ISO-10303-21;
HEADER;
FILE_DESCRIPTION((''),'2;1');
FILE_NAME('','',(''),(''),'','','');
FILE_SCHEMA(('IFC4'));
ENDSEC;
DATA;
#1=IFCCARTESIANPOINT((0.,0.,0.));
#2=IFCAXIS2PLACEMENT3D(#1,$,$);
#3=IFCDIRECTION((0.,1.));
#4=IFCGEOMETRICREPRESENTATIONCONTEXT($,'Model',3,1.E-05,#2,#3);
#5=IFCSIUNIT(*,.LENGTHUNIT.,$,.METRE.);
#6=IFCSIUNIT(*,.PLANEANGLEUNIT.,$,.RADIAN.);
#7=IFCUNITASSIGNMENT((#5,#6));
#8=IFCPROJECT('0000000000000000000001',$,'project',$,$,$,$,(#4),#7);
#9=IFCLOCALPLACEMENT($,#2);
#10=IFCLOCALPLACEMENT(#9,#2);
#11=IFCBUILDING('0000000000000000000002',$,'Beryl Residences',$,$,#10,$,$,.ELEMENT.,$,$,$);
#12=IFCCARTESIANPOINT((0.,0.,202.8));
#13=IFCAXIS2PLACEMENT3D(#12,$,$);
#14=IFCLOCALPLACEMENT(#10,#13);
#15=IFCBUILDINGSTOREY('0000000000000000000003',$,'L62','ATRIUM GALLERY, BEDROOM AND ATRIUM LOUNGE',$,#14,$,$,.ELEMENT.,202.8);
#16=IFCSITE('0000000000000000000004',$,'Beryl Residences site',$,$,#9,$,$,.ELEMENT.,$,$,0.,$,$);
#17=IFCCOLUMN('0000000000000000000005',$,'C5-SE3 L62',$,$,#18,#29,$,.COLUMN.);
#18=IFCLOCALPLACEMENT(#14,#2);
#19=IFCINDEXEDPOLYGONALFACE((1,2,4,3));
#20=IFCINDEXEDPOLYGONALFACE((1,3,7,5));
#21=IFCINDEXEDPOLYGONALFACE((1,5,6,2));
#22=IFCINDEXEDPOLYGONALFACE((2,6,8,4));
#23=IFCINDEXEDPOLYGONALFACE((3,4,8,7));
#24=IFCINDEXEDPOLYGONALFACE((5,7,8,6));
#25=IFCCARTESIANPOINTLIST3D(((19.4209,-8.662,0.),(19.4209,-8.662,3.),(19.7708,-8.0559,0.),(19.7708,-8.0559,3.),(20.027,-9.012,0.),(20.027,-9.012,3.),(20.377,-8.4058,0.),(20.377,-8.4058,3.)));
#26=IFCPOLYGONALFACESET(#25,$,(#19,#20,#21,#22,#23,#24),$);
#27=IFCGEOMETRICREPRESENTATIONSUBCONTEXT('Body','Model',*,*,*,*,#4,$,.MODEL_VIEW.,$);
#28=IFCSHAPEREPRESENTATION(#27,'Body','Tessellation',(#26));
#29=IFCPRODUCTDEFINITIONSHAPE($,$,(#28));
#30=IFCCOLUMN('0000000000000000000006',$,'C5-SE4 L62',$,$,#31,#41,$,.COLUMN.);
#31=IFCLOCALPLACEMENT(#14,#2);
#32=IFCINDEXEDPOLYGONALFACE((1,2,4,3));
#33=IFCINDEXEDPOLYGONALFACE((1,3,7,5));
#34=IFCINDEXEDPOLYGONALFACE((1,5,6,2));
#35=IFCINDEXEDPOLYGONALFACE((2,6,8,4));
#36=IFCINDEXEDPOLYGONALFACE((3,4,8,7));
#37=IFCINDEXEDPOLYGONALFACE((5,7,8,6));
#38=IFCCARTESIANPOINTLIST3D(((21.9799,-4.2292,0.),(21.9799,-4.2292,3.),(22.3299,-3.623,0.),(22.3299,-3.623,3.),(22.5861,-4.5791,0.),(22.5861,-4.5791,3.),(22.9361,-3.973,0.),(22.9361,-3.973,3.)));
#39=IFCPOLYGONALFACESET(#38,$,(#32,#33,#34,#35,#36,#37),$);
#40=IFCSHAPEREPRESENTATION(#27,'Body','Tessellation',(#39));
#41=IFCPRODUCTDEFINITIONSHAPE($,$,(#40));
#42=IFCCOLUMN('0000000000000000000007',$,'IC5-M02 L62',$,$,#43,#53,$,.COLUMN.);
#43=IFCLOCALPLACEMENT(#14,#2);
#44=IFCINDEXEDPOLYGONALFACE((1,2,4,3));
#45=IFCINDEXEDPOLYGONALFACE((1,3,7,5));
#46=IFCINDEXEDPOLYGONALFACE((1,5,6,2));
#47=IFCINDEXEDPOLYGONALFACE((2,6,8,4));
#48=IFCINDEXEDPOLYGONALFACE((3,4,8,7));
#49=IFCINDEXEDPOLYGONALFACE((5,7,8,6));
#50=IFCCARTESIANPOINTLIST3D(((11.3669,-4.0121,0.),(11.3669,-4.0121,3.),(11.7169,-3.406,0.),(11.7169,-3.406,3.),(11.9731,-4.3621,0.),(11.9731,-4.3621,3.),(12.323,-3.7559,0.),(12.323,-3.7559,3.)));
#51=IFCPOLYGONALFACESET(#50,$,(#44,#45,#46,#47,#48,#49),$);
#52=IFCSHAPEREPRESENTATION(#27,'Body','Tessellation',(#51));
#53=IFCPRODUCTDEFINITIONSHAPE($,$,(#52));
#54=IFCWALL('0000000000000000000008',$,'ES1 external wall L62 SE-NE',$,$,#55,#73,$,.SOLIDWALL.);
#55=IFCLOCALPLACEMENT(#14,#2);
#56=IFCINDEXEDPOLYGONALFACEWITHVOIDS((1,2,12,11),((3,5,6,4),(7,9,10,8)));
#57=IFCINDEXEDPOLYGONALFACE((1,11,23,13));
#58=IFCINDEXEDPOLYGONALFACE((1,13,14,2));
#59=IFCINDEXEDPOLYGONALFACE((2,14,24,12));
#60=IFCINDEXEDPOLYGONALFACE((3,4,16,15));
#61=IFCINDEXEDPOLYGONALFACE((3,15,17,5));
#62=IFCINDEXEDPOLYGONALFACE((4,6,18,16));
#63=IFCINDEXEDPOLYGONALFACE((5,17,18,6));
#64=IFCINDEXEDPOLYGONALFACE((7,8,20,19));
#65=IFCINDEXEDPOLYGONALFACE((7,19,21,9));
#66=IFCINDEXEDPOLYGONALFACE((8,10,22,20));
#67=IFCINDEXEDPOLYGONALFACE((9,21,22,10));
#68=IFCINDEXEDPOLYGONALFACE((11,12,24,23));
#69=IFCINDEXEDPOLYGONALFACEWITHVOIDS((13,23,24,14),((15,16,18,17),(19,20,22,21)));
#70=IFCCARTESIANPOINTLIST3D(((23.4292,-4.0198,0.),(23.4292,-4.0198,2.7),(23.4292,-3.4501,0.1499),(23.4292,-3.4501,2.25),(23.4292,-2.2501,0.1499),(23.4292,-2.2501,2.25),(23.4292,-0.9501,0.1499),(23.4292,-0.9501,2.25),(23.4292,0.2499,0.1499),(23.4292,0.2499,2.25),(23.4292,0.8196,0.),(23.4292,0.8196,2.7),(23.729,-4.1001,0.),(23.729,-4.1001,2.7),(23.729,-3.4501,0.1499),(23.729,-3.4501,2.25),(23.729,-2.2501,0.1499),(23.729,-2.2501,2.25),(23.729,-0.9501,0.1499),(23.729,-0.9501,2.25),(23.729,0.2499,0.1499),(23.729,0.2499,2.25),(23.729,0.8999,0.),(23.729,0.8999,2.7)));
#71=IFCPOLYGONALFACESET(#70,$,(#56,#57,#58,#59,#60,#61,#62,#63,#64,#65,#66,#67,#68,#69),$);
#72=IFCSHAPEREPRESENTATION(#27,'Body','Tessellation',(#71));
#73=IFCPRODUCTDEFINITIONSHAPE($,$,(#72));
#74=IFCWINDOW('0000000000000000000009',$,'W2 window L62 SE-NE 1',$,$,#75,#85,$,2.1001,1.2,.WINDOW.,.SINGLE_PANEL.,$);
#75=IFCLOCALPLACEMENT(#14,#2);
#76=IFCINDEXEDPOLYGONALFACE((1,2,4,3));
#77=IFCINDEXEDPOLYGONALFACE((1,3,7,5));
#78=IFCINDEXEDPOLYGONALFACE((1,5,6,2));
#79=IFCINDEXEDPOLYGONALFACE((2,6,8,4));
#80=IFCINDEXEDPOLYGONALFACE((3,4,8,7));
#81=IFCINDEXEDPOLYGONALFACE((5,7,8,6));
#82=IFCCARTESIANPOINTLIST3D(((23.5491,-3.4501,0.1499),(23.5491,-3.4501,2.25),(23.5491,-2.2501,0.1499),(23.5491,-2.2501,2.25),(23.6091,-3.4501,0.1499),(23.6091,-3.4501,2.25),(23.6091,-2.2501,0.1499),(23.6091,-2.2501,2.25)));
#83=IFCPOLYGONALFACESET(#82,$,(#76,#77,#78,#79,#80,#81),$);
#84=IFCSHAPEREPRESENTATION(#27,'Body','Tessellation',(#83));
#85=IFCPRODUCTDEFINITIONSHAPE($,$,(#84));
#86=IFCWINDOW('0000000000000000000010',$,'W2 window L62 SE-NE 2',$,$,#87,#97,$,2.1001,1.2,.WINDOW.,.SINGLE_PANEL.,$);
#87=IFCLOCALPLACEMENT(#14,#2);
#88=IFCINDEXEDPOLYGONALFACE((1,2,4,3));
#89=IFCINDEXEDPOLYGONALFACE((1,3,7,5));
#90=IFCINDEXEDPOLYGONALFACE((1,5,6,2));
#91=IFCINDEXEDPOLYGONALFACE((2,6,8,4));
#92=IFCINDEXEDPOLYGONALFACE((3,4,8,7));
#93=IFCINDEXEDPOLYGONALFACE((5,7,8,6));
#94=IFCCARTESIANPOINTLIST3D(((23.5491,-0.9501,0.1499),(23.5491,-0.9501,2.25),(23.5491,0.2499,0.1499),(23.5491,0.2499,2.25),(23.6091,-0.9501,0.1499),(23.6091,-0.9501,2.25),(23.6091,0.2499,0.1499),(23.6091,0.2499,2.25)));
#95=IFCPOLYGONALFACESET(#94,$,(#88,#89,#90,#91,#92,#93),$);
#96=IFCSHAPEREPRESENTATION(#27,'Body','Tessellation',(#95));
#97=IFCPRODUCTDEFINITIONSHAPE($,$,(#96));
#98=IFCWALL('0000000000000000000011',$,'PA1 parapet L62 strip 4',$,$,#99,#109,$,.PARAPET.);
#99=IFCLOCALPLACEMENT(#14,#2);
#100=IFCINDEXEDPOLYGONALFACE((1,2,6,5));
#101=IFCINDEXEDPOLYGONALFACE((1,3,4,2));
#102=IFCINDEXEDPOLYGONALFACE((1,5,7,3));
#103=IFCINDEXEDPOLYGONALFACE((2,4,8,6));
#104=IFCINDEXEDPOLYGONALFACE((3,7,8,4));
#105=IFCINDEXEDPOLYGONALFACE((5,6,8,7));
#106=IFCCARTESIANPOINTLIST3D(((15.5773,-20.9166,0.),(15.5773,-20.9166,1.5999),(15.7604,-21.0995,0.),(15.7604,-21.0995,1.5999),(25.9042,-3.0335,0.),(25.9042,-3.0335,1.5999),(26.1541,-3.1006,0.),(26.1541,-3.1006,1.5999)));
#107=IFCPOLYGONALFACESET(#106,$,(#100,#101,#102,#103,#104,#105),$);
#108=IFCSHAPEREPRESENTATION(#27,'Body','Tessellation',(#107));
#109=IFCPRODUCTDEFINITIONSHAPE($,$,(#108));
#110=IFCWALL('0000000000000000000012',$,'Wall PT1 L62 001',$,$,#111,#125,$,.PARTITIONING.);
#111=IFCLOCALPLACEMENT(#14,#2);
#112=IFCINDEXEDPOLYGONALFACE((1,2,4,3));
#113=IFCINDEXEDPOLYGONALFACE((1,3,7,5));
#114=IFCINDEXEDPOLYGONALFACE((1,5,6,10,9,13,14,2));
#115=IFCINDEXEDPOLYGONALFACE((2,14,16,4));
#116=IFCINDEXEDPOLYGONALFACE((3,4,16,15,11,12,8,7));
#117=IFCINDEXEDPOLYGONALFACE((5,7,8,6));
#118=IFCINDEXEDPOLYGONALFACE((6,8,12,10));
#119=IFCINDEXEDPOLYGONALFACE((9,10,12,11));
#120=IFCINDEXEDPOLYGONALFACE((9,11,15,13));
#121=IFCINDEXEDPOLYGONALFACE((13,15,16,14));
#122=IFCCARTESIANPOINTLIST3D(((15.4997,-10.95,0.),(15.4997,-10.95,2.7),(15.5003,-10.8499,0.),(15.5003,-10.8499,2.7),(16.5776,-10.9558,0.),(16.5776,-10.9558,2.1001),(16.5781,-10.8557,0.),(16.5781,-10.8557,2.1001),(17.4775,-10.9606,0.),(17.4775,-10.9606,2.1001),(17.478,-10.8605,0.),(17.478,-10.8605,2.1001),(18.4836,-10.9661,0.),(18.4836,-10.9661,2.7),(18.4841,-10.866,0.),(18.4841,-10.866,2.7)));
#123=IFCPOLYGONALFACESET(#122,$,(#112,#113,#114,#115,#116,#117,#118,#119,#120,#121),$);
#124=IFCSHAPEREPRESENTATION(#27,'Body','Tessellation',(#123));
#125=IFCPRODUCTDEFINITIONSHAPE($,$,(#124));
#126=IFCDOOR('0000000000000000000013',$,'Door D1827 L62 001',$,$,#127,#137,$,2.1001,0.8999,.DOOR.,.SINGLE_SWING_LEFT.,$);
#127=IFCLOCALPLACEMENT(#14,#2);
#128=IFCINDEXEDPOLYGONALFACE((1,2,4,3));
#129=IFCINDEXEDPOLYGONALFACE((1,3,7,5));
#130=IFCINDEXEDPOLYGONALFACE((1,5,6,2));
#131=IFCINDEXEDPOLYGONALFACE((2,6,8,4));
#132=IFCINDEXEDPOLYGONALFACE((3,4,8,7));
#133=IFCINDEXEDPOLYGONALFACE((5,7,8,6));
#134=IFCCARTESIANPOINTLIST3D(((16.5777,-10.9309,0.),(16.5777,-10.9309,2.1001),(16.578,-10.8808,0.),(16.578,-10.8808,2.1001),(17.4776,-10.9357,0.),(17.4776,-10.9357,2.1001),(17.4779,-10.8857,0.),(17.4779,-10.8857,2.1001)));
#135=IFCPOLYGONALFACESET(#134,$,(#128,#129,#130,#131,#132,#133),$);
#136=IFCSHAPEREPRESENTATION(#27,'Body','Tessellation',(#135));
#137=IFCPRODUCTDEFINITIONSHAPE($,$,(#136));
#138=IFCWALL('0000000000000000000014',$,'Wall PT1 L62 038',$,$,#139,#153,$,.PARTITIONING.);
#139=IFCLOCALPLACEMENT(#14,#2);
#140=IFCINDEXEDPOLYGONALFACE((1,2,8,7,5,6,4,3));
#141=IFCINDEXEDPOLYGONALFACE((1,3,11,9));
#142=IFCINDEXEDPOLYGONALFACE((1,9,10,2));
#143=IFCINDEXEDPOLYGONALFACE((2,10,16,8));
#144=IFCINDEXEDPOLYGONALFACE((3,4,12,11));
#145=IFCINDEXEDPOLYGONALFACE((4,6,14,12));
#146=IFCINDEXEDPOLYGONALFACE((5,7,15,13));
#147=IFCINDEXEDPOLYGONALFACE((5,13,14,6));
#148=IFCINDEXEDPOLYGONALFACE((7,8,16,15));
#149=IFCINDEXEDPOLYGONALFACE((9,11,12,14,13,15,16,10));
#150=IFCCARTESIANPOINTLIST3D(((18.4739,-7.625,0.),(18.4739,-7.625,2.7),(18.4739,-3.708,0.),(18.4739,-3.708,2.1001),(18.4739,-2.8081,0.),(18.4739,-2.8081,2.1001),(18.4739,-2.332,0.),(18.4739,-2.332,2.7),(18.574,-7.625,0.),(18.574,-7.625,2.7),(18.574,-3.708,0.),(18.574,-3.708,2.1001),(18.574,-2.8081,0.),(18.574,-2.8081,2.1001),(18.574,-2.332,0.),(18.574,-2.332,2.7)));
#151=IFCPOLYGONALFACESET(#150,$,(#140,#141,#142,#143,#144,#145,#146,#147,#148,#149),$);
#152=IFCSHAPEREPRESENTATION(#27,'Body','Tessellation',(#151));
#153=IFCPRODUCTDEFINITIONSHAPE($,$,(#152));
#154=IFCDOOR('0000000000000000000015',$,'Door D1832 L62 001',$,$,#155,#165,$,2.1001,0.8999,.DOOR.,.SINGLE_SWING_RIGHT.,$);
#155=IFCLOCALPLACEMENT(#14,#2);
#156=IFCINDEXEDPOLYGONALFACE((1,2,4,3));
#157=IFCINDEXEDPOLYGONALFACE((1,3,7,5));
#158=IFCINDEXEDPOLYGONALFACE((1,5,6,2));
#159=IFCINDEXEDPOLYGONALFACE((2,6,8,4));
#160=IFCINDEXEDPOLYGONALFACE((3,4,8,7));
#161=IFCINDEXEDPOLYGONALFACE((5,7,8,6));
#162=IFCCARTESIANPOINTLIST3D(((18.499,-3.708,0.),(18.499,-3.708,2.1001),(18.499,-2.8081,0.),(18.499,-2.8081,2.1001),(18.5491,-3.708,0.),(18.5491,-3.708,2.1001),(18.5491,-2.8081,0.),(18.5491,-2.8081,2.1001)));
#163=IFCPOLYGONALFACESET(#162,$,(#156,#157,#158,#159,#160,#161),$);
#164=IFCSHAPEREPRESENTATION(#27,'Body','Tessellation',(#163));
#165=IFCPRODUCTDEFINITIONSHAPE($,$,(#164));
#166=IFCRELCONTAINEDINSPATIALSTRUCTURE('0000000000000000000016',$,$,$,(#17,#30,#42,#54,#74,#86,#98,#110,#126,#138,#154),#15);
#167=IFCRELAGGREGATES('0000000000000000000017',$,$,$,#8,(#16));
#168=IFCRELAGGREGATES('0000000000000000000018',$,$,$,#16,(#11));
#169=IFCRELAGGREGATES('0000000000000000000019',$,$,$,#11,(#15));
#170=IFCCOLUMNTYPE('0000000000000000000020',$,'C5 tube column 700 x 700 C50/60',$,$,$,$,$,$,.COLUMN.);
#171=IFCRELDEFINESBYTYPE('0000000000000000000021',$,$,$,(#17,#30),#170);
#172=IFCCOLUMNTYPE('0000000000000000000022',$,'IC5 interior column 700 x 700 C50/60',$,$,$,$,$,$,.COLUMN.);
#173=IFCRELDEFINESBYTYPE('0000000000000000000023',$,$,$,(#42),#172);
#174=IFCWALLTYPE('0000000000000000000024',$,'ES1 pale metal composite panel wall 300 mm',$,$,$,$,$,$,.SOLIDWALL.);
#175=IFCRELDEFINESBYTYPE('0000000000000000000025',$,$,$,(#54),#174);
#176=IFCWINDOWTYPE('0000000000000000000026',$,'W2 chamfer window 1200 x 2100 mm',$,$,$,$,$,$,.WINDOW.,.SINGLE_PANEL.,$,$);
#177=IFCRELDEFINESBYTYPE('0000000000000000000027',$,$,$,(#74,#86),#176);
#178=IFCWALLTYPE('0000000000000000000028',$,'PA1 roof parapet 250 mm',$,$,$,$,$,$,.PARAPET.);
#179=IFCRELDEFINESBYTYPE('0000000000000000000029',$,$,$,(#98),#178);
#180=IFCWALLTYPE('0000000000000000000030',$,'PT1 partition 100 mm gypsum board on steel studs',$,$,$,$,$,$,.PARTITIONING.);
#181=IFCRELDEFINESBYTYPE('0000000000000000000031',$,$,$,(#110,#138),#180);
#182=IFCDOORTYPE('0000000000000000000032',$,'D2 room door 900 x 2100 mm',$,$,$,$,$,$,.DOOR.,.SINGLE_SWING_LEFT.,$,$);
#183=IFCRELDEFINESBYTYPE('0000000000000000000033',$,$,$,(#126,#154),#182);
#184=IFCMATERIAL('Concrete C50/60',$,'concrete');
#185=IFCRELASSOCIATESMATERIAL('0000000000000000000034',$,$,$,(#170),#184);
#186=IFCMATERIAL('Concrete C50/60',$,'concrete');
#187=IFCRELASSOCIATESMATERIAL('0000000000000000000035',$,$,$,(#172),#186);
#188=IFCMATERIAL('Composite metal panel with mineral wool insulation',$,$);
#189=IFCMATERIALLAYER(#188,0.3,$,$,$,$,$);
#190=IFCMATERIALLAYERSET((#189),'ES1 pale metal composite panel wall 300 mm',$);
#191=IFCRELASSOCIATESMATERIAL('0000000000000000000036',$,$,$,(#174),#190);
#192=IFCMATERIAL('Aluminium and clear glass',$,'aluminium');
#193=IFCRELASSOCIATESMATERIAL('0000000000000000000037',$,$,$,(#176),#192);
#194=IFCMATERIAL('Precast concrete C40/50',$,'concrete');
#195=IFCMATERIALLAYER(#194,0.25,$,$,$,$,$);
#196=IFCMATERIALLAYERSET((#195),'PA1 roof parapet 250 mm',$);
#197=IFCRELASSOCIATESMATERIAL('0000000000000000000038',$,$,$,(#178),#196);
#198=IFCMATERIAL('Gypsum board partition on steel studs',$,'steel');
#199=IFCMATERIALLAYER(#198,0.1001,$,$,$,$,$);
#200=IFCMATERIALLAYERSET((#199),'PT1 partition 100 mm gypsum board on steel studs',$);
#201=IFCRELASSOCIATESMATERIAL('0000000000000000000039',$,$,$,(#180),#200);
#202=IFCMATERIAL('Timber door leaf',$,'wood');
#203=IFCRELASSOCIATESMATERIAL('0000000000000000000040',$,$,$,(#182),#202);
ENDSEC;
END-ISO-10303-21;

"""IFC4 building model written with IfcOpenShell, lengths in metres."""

from ifc_helpers import new_model, si_unit, direction, frame, frame_2d, origin, origin_2d, place, context, subcontext, project, spatial, polyline, rectangle, outline, extrude, material, layer, layer_set, material_profile, profile_set, type_object, element, fill, save


model = new_model("IFC4")

# Units and contexts
model_context = context("Model", 3, precision=1e-05, world=origin(), true_north=direction((0.0, 1.0)))
body_context = subcontext(model_context, "Body", "Model", "MODEL_VIEW")
ifc_project = project(units=[si_unit("LENGTHUNIT", "METRE"), si_unit("PLANEANGLEUNIT", "RADIAN")], contexts=[model_context])

# Site, building, storey
site_placement = place(None, origin())
site = spatial("IfcSite", under=ifc_project, at=site_placement, Name="Beryl Residences site", CompositionType="ELEMENT", RefElevation=0.0)
building_placement = place(site_placement, origin())
building = spatial("IfcBuilding", under=site, at=building_placement, Name="Beryl Residences", CompositionType="ELEMENT")
storey_placement = place(building_placement, frame((0.0, 0.0, 202.8)))
storey = spatial("IfcBuildingStorey", under=building, at=storey_placement, Name="L62", Description="ATRIUM GALLERY, BEDROOM AND ATRIUM LOUNGE", CompositionType="ELEMENT", Elevation=202.8)

# Columns
ifc_material_1 = material(Name="Concrete C50/60", Category="concrete")
ifc_material_profile_1 = material_profile(ifc_material_1, rectangle(XDim=0.7, YDim=0.7, at=origin_2d()))
ifc_profile_set_1 = profile_set([ifc_material_profile_1], Name="Concrete C50/60")
column_type_1 = type_object("IfcColumnType", Name="C5 tube column 700 x 700 C50/60", PredefinedType="COLUMN", material=ifc_profile_set_1)
for number, where, z_axis, x_axis, name in (
    (1, (19.8989, -8.5339, 0.0), (0.0, 0.0, 1.0), (0.499985, 0.866034, 0.0), "C5-SE3 L62"),
    (2, (22.458, -4.1011, 0.0), (0.0, 0.0, 1.0), (0.499985, 0.866034, 0.0), "C5-SE4 L62"),
):
    element("IfcColumn", number, at=place(storey_placement, frame(where, z_axis=z_axis, x_axis=x_axis)), inside=storey, type_object=column_type_1, Name=name, PredefinedType="COLUMN", context=body_context, shape_type="SweptSolid", body=[
        extrude(rectangle(XDim=0.7, YDim=0.7, at=origin_2d()), origin(), (0.0, 0.0, 1.0), 3.0),
    ])
ifc_material_2 = material(Name="Concrete C50/60", Category="concrete")
ifc_material_profile_2 = material_profile(ifc_material_2, rectangle(XDim=0.7, YDim=0.7, at=origin_2d()))
ifc_profile_set_2 = profile_set([ifc_material_profile_2], Name="Concrete C50/60")
column_type_2 = type_object("IfcColumnType", Name="IC5 interior column 700 x 700 C50/60", PredefinedType="COLUMN", material=ifc_profile_set_2)
column_placement = place(storey_placement, frame((11.845, -3.884, 0.0), z_axis=(0.0, 0.0, 1.0), x_axis=(0.499985, 0.866034, 0.0)))
element("IfcColumn", 3, at=column_placement, inside=storey, type_object=column_type_2, Name="IC5-M02 L62", PredefinedType="COLUMN", context=body_context, shape_type="SweptSolid", body=[
    extrude(rectangle(XDim=0.7, YDim=0.7, at=origin_2d()), origin(), (0.0, 0.0, 1.0), 3.0),
])

# Wall, openings, windows
ifc_material_3 = material(Name="Composite metal panel with mineral wool insulation")
ifc_layer_1 = layer(ifc_material_3, 0.3)
ifc_layer_set_1 = layer_set([ifc_layer_1], Name="ES1 pale metal composite panel wall 300 mm")
wall_type_1 = type_object("IfcWallType", Name="ES1 pale metal composite panel wall 300 mm", PredefinedType="SOLIDWALL", material=ifc_layer_set_1)
wall_1_placement = place(storey_placement, frame((23.5791, -4.1001, 0.0), z_axis=(0.0, 0.0, 1.0), x_axis=(0.0, 1.0, 0.0)))
wall_1 = element("IfcWall", 4, at=wall_1_placement, inside=storey, type_object=wall_type_1, Name="ES1 external wall L62 SE-NE", PredefinedType="SOLIDWALL", context=body_context, shape_type="SweptSolid", body=[
    extrude(outline(polyline([(0.0, -0.1499), (5.0, -0.1499), (4.9197, 0.1499), (0.0803, 0.1499), (0.0, -0.1499)])), origin(), (0.0, 0.0, 1.0), 2.7),
])
opening_1_placement = place(wall_1_placement, frame((0.6499, 0.0, 0.1499)))
opening_1 = element("IfcOpeningElement", 5, at=opening_1_placement, cuts=wall_1, PredefinedType="OPENING", context=body_context, shape_type="SweptSolid", body=[
    extrude(rectangle(XDim=1.2, YDim=2.1001, at=frame_2d((0.6001, 1.05))), frame((0.0, 0.1599, 0.0), z_axis=(0.0, -1.0, 0.0), x_axis=(1.0, 0.0, 0.0)), (0.0, 0.0, 1.0), 0.3201),
])
opening_2_placement = place(wall_1_placement, frame((3.1499, 0.0, 0.1499)))
opening_2 = element("IfcOpeningElement", 6, at=opening_2_placement, cuts=wall_1, PredefinedType="OPENING", context=body_context, shape_type="SweptSolid", body=[
    extrude(rectangle(XDim=1.2, YDim=2.1001, at=frame_2d((0.6001, 1.05))), frame((0.0, 0.1599, 0.0), z_axis=(0.0, -1.0, 0.0), x_axis=(1.0, 0.0, 0.0)), (0.0, 0.0, 1.0), 0.3201),
])
ifc_material_4 = material(Name="Aluminium and clear glass", Category="aluminium")
window_type = type_object("IfcWindowType", Name="W2 chamfer window 1200 x 2100 mm", PartitioningType="SINGLE_PANEL", PredefinedType="WINDOW", material=ifc_material_4)
window_1_placement = place(opening_1_placement, origin())
window_1 = element("IfcWindow", 7, at=window_1_placement, inside=storey, type_object=window_type, Name="W2 window L62 SE-NE 1", OverallHeight=2.1001, OverallWidth=1.2, PartitioningType="SINGLE_PANEL", PredefinedType="WINDOW", context=body_context, shape_type="SweptSolid", body=[
    extrude(rectangle(XDim=1.2, YDim=2.1001, at=frame_2d((0.6001, 1.05))), frame((0.0, 0.03, 0.0), z_axis=(0.0, -1.0, 0.0), x_axis=(1.0, 0.0, 0.0)), (0.0, 0.0, 1.0), 0.0601),
])
fill(opening_1, window_1)
window_2_placement = place(opening_2_placement, origin())
window_2 = element("IfcWindow", 8, at=window_2_placement, inside=storey, type_object=window_type, Name="W2 window L62 SE-NE 2", OverallHeight=2.1001, OverallWidth=1.2, PartitioningType="SINGLE_PANEL", PredefinedType="WINDOW", context=body_context, shape_type="SweptSolid", body=[
    extrude(rectangle(XDim=1.2, YDim=2.1001, at=frame_2d((0.6001, 1.05))), frame((0.0, 0.03, 0.0), z_axis=(0.0, -1.0, 0.0), x_axis=(1.0, 0.0, 0.0)), (0.0, 0.0, 1.0), 0.0601),
])
fill(opening_2, window_2)

# Wall
ifc_material_5 = material(Name="Precast concrete C40/50", Category="concrete")
ifc_layer_2 = layer(ifc_material_5, 0.25)
ifc_layer_set_2 = layer_set([ifc_layer_2], Name="PA1 roof parapet 250 mm")
wall_type_2 = type_object("IfcWallType", Name="PA1 roof parapet 250 mm", PredefinedType="PARAPET", material=ifc_layer_set_2)
wall_2_placement = place(storey_placement, frame((26.0459, -3.0381, 0.0), z_axis=(0.0, 0.0, 1.0), x_axis=(-0.500074, -0.865983, 0.0)))
element("IfcWall", 9, at=wall_2_placement, inside=storey, type_object=wall_type_2, Name="PA1 parapet L62 strip 4", PredefinedType="PARAPET", context=body_context, shape_type="SweptSolid", body=[
    extrude(outline(polyline([(0.0669, -0.125), (20.7175, -0.125), (20.7844, 0.125), (0.0, 0.125), (0.0669, -0.125)])), origin(), (0.0, 0.0, 1.0), 1.5999),
])

# Walls, openings, doors
ifc_material_6 = material(Name="Gypsum board partition on steel studs", Category="steel")
ifc_layer_3 = layer(ifc_material_6, 0.1001)
ifc_layer_set_3 = layer_set([ifc_layer_3], Name="PT1 partition 100 mm gypsum board on steel studs")
wall_type_3 = type_object("IfcWallType", Name="PT1 partition 100 mm gypsum board on steel studs", PredefinedType="PARTITIONING", material=ifc_layer_set_3)
wall_3_placement = place(storey_placement, frame((15.5, -10.8999, 0.0), z_axis=(0.0, 0.0, 1.0), x_axis=(0.999985, -0.0054, 0.0)))
wall_3 = element("IfcWall", 10, at=wall_3_placement, inside=storey, type_object=wall_type_3, Name="Wall PT1 L62 001", PredefinedType="PARTITIONING", context=body_context, shape_type="SweptSolid", body=[
    extrude(rectangle(XDim=2.9839, YDim=0.1001, at=frame_2d((1.4919, 0.0))), origin(), (0.0, 0.0, 1.0), 2.7),
])
opening_3_placement = place(wall_3_placement, frame((1.0779, 0.0, 0.0)))
opening_3 = element("IfcOpeningElement", 11, at=opening_3_placement, cuts=wall_3, PredefinedType="OPENING", context=body_context, shape_type="SweptSolid", body=[
    extrude(rectangle(XDim=0.8999, YDim=2.1001, at=frame_2d((0.45, 1.05))), frame((0.0, 0.0601, 0.0), z_axis=(0.0, -1.0, 0.0), x_axis=(1.0, 0.0, 0.0)), (0.0, 0.0, 1.0), 0.1201),
])
ifc_material_7 = material(Name="Timber door leaf", Category="wood")
door_type_1 = type_object("IfcDoorType", Name="D2 room door 900 x 2100 mm", OperationType="SINGLE_SWING_LEFT", PredefinedType="DOOR", material=ifc_material_7)
door_1_placement = place(opening_3_placement, origin())
door_1 = element("IfcDoor", 12, at=door_1_placement, inside=storey, type_object=door_type_1, Name="Door D1827 L62 001", OperationType="SINGLE_SWING_LEFT", OverallHeight=2.1001, OverallWidth=0.8999, PredefinedType="DOOR", context=body_context, shape_type="SweptSolid", body=[
    extrude(rectangle(XDim=0.8999, YDim=2.1001, at=frame_2d((0.45, 1.05))), frame((0.0, 0.0249, 0.0), z_axis=(0.0, -1.0, 0.0), x_axis=(1.0, 0.0, 0.0)), (0.0, 0.0, 1.0), 0.05),
])
fill(opening_3, door_1)
wall_4_placement = place(storey_placement, frame((18.5239, -7.625, 0.0), z_axis=(0.0, 0.0, 1.0), x_axis=(0.0, 1.0, 0.0)))
wall_4 = element("IfcWall", 13, at=wall_4_placement, inside=storey, type_object=wall_type_3, Name="Wall PT1 L62 038", PredefinedType="PARTITIONING", context=body_context, shape_type="SweptSolid", body=[
    extrude(rectangle(XDim=5.293, YDim=0.1001, at=frame_2d((2.6465, 0.0))), origin(), (0.0, 0.0, 1.0), 2.7),
])
opening_4_placement = place(wall_4_placement, frame((3.917, 0.0, 0.0)))
opening_4 = element("IfcOpeningElement", 14, at=opening_4_placement, cuts=wall_4, PredefinedType="OPENING", context=body_context, shape_type="SweptSolid", body=[
    extrude(rectangle(XDim=0.8999, YDim=2.1001, at=frame_2d((0.45, 1.05))), frame((0.0, 0.0601, 0.0), z_axis=(0.0, -1.0, 0.0), x_axis=(1.0, 0.0, 0.0)), (0.0, 0.0, 1.0), 0.1201),
])
door_2_placement = place(opening_4_placement, origin())
door_2 = element("IfcDoor", 15, at=door_2_placement, inside=storey, type_object=door_type_1, Name="Door D1832 L62 001", OperationType="SINGLE_SWING_RIGHT", OverallHeight=2.1001, OverallWidth=0.8999, PredefinedType="DOOR", context=body_context, shape_type="SweptSolid", body=[
    extrude(rectangle(XDim=0.8999, YDim=2.1001, at=frame_2d((0.45, 1.05))), frame((0.0, 0.0249, 0.0), z_axis=(0.0, -1.0, 0.0), x_axis=(1.0, 0.0, 0.0)), (0.0, 0.0, 1.0), 0.05),
])
fill(opening_4, door_2)

save(model, "model.ifc")
